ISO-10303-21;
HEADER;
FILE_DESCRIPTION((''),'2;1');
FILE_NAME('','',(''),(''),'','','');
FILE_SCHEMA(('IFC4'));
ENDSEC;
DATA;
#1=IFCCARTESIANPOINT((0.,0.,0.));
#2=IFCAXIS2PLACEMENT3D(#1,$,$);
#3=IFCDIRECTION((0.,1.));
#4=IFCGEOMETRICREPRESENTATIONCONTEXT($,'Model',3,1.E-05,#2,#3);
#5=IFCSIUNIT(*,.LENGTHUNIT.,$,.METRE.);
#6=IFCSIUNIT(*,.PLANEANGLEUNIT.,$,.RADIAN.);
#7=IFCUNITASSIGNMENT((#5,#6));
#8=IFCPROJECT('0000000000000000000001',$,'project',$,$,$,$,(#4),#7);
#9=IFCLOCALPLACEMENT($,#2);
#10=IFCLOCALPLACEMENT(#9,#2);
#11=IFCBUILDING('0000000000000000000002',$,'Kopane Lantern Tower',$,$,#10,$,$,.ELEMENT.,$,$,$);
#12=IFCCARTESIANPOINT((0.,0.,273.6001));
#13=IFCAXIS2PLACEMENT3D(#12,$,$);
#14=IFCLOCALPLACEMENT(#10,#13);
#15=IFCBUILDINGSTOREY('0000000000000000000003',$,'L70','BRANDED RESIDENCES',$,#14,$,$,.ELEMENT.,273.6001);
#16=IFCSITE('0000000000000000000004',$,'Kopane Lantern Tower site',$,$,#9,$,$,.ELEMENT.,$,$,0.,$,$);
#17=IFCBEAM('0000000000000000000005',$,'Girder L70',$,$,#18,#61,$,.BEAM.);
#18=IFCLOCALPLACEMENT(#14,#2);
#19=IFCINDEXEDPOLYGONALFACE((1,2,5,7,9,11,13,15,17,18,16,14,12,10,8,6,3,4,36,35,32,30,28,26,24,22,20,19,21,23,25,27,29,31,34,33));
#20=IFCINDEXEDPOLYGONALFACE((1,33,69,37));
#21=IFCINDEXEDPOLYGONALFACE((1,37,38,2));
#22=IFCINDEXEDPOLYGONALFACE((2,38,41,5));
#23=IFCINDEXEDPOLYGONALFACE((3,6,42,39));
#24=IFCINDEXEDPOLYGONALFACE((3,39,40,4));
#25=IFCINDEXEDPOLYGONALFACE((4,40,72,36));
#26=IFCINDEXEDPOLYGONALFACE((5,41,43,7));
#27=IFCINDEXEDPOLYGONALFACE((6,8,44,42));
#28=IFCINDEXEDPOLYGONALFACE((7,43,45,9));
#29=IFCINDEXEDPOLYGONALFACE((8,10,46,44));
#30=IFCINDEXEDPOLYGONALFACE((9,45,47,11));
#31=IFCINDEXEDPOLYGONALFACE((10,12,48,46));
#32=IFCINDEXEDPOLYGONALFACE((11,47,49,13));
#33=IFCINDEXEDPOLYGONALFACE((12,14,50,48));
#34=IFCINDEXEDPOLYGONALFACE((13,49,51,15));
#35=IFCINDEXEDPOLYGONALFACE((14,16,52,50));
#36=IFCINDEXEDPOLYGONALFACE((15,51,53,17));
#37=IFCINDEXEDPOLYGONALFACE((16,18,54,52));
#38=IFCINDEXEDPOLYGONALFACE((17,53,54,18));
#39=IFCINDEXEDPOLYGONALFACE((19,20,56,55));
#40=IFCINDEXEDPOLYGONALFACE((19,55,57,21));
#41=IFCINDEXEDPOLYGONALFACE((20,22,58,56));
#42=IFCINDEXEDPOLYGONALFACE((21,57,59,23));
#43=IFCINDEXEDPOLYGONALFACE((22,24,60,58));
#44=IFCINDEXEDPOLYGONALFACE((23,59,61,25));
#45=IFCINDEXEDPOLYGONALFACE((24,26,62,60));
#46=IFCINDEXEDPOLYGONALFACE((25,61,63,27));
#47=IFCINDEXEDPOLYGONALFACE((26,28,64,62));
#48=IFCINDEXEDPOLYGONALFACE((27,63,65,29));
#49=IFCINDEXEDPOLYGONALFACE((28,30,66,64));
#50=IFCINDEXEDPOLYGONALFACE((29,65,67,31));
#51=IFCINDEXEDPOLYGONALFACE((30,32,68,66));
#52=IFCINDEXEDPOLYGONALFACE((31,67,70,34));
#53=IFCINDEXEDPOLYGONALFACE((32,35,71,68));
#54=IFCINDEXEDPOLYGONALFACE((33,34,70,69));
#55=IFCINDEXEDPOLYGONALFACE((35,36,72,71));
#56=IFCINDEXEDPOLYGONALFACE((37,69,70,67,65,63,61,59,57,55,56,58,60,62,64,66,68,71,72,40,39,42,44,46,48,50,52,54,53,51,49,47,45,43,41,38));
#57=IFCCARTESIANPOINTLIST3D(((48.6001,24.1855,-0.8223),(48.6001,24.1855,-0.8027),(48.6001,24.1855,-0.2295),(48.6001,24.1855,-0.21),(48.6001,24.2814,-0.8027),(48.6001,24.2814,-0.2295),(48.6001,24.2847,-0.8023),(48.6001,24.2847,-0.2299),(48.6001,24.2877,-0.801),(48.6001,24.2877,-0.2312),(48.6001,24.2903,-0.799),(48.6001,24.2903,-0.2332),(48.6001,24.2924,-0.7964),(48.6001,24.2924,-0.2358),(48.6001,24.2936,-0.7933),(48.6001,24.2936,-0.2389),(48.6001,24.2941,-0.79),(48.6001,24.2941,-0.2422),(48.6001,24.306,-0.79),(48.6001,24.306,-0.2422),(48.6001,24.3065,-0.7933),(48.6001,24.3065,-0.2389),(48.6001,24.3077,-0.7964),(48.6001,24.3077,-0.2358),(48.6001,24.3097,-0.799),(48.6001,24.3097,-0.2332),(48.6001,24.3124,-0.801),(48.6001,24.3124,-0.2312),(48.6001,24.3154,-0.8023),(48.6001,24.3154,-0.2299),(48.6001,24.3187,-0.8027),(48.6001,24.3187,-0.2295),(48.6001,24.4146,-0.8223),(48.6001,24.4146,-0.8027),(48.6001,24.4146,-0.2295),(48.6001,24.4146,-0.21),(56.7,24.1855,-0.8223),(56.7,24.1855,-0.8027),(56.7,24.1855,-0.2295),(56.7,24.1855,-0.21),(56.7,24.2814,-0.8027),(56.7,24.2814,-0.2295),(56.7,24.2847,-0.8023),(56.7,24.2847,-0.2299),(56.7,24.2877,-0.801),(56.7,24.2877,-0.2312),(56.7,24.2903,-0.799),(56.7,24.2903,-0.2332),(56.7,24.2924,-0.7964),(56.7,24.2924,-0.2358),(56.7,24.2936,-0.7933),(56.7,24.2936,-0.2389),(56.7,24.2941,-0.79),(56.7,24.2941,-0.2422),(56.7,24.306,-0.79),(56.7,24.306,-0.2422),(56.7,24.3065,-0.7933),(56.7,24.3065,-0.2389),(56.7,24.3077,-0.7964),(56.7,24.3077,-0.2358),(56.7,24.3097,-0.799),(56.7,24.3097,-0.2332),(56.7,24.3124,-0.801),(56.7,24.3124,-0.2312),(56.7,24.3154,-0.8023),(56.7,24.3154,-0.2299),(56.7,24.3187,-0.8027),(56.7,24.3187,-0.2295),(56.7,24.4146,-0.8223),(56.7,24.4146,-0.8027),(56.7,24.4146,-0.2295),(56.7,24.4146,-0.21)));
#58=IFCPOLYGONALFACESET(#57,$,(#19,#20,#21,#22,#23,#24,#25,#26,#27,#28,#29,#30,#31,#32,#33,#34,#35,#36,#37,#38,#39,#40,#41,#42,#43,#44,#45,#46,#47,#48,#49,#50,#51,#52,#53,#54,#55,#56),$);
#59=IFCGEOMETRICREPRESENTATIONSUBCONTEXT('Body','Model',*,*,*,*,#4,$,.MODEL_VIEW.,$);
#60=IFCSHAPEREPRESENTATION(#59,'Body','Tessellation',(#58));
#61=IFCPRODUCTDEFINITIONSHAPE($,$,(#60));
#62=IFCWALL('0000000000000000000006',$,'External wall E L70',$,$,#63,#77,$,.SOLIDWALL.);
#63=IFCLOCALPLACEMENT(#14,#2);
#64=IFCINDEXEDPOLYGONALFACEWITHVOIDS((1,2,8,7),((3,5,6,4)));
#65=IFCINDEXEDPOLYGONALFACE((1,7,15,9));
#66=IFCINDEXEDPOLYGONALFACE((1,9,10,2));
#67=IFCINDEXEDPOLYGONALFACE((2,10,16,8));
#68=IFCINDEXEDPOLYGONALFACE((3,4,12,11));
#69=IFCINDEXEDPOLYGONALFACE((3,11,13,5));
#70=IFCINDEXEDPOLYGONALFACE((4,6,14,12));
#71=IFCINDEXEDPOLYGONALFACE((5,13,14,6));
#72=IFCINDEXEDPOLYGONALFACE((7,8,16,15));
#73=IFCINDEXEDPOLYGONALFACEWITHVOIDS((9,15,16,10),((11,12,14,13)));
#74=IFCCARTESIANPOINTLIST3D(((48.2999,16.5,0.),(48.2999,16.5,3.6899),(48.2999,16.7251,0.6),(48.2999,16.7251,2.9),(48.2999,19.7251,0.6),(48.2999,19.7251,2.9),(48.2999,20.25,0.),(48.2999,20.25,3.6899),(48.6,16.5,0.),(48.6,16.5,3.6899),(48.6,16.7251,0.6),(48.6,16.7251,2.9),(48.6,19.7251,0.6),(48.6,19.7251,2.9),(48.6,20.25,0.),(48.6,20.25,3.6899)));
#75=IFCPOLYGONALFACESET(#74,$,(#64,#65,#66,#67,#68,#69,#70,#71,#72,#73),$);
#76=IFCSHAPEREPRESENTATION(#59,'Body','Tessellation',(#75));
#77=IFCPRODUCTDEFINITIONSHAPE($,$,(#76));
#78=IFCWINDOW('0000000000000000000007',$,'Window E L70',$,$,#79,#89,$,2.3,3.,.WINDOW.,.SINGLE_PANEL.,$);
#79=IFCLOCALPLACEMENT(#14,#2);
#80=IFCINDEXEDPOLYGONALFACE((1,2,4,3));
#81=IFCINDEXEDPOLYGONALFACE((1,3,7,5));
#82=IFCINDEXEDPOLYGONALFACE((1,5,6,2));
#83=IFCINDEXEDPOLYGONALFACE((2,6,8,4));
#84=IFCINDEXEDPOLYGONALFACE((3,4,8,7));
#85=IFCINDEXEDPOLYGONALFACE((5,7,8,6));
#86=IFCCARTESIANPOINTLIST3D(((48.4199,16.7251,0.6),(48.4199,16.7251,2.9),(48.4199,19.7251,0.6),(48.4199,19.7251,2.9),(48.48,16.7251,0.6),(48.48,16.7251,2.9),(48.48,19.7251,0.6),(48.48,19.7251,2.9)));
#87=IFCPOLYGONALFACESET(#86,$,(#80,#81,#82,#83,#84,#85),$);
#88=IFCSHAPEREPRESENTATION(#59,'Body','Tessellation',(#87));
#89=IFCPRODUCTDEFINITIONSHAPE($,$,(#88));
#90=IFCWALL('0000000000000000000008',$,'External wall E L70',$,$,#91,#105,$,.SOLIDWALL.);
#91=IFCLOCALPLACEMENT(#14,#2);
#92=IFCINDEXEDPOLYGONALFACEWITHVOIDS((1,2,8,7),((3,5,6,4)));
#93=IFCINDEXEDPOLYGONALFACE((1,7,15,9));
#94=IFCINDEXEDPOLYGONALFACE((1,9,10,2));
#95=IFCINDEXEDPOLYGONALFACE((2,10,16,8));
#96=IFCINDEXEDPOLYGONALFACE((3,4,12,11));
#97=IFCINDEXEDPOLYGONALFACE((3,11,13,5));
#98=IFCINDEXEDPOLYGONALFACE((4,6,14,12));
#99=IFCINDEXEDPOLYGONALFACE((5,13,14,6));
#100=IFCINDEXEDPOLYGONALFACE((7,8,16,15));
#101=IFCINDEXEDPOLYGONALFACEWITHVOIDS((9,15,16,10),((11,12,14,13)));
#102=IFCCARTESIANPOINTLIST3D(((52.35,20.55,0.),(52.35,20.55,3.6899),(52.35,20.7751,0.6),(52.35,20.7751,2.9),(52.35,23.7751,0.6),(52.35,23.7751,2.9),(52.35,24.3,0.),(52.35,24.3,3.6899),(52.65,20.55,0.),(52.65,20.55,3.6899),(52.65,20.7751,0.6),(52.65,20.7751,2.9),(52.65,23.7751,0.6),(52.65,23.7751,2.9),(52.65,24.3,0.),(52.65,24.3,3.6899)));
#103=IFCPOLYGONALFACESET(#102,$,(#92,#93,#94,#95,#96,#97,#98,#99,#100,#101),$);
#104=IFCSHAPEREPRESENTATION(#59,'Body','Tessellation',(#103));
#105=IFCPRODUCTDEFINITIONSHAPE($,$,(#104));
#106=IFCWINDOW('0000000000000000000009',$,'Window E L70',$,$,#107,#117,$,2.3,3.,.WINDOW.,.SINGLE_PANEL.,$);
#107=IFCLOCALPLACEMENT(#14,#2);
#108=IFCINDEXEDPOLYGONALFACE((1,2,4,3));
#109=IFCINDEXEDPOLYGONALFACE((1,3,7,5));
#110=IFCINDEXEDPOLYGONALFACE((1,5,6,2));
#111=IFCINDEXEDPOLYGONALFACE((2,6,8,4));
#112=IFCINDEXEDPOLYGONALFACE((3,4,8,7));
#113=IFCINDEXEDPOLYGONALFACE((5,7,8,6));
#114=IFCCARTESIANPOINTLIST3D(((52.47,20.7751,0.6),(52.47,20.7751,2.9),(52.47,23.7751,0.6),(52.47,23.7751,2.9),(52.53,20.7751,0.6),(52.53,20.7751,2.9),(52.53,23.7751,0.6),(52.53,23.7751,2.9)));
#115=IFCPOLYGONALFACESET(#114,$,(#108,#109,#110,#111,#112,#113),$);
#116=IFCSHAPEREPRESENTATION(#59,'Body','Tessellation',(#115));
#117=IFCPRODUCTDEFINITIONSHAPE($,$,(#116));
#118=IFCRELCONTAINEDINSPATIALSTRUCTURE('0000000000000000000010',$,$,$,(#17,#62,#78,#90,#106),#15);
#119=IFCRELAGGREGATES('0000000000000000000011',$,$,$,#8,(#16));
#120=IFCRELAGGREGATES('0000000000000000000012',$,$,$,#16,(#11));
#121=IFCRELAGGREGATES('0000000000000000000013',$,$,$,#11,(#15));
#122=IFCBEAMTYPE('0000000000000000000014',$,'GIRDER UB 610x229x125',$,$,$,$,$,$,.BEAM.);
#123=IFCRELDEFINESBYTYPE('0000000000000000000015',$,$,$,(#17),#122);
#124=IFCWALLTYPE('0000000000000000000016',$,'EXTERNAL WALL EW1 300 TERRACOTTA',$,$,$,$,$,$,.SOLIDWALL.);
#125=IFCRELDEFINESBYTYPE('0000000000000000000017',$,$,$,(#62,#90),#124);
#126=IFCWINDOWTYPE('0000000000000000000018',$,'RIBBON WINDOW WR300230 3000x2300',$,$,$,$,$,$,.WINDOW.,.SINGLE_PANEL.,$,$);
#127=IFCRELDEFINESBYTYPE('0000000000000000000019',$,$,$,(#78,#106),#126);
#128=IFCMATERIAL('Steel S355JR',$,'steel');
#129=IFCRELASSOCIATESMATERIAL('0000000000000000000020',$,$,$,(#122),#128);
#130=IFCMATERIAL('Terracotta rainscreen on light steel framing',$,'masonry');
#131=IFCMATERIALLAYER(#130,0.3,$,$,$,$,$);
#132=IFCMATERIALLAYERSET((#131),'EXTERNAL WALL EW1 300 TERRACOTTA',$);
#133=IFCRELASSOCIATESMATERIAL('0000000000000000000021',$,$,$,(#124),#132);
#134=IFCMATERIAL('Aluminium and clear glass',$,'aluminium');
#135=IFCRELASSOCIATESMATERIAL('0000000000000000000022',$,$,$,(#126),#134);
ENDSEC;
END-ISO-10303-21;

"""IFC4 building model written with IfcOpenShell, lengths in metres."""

from ifc_helpers import new_model, si_unit, direction, frame, frame_2d, origin, origin_2d, place, context, subcontext, project, spatial, rectangle, i_section, extrude, material, layer, layer_set, material_profile, profile_set, type_object, element, fill, save


model = new_model("IFC4")

# Units and contexts
model_context = context("Model", 3, precision=1e-05, world=origin(), true_north=direction((0.0, 1.0)))
body_context = subcontext(model_context, "Body", "Model", "MODEL_VIEW")
ifc_project = project(units=[si_unit("LENGTHUNIT", "METRE"), si_unit("PLANEANGLEUNIT", "RADIAN")], contexts=[model_context])

# Site, building, storey
site_placement = place(None, origin())
site = spatial("IfcSite", under=ifc_project, at=site_placement, Name="Kopane Lantern Tower site", CompositionType="ELEMENT", RefElevation=0.0)
building_placement = place(site_placement, origin())
building = spatial("IfcBuilding", under=site, at=building_placement, Name="Kopane Lantern Tower", CompositionType="ELEMENT")
storey_placement = place(building_placement, frame((0.0, 0.0, 273.6001)))
storey = spatial("IfcBuildingStorey", under=building, at=storey_placement, Name="L70", Description="BRANDED RESIDENCES", CompositionType="ELEMENT", Elevation=273.6001)

# Beam
ifc_material_1 = material(Name="Steel S355JR", Category="steel")
ifc_material_profile_1 = material_profile(ifc_material_1, i_section(OverallWidth=0.229, OverallDepth=0.6123, WebThickness=0.012, FlangeThickness=0.0195, FilletRadius=0.0127, at=origin_2d()), Name="UB 610x229x125")
ifc_profile_set_1 = profile_set([ifc_material_profile_1], Name="Steel S355JR")
beam_type_1 = type_object("IfcBeamType", Name="GIRDER UB 610x229x125", PredefinedType="BEAM", material=ifc_profile_set_1)
for number, where, z_axis, x_axis, name in (
    (1, (48.6001, 24.3, -0.5161), (1.0, 0.0, 0.0), (0.0, 1.0, 0.0), "Girder L70"),
):
    element("IfcBeam", number, at=place(storey_placement, frame(where, z_axis=z_axis, x_axis=x_axis)), inside=storey, type_object=beam_type_1, Name=name, PredefinedType="BEAM", context=body_context, shape_type="SweptSolid", body=[
        extrude(i_section(OverallWidth=0.229, OverallDepth=0.6123, WebThickness=0.012, FlangeThickness=0.0195, FilletRadius=0.0127, at=origin_2d()), origin(), (0.0, 0.0, 1.0), 8.0999),
    ])

# Walls, openings, windows
ifc_material_2 = material(Name="Terracotta rainscreen on light steel framing", Category="masonry")
ifc_layer = layer(ifc_material_2, 0.3)
ifc_layer_set = layer_set([ifc_layer], Name="EXTERNAL WALL EW1 300 TERRACOTTA")
wall_type = type_object("IfcWallType", Name="EXTERNAL WALL EW1 300 TERRACOTTA", PredefinedType="SOLIDWALL", material=ifc_layer_set)
wall_1_placement = place(storey_placement, frame((48.45, 16.5, 0.0), z_axis=(0.0, 0.0, 1.0), x_axis=(0.0, 1.0, 0.0)))
wall_1 = element("IfcWall", 2, at=wall_1_placement, inside=storey, type_object=wall_type, Name="External wall E L70", PredefinedType="SOLIDWALL", context=body_context, shape_type="SweptSolid", body=[
    extrude(rectangle(XDim=3.75, YDim=0.3, at=frame_2d((1.875, 0.0))), origin(), (0.0, 0.0, 1.0), 3.6899),
])
opening_1_placement = place(wall_1_placement, frame((0.2251, 0.0, 0.6001)))
opening_1 = element("IfcOpeningElement", 3, at=opening_1_placement, cuts=wall_1, PredefinedType="OPENING", context=body_context, shape_type="SweptSolid", body=[
    extrude(rectangle(XDim=3.0, YDim=2.3, at=frame_2d((1.5, 1.1499))), frame((0.0, 0.1599, 0.0), z_axis=(0.0, -1.0, 0.0), x_axis=(1.0, 0.0, 0.0)), (0.0, 0.0, 1.0), 0.3201),
])
ifc_material_3 = material(Name="Aluminium and clear glass", Category="aluminium")
window_type = type_object("IfcWindowType", Name="RIBBON WINDOW WR300230 3000x2300", PartitioningType="SINGLE_PANEL", PredefinedType="WINDOW", material=ifc_material_3)
window_1_placement = place(opening_1_placement, origin())
window_1 = element("IfcWindow", 4, at=window_1_placement, inside=storey, type_object=window_type, Name="Window E L70", OverallHeight=2.3, OverallWidth=3.0, PartitioningType="SINGLE_PANEL", PredefinedType="WINDOW", context=body_context, shape_type="SweptSolid", body=[
    extrude(rectangle(XDim=3.0, YDim=2.3, at=frame_2d((1.5, 1.1499))), frame((0.0, 0.03, 0.0), z_axis=(0.0, -1.0, 0.0), x_axis=(1.0, 0.0, 0.0)), (0.0, 0.0, 1.0), 0.0601),
])
fill(opening_1, window_1)
wall_2_placement = place(storey_placement, frame((52.5, 20.55, 0.0), z_axis=(0.0, 0.0, 1.0), x_axis=(0.0, 1.0, 0.0)))
wall_2 = element("IfcWall", 5, at=wall_2_placement, inside=storey, type_object=wall_type, Name="External wall E L70", PredefinedType="SOLIDWALL", context=body_context, shape_type="SweptSolid", body=[
    extrude(rectangle(XDim=3.75, YDim=0.3, at=frame_2d((1.875, 0.0))), origin(), (0.0, 0.0, 1.0), 3.6899),
])
opening_2_placement = place(wall_2_placement, frame((0.2251, 0.0, 0.6001)))
opening_2 = element("IfcOpeningElement", 6, at=opening_2_placement, cuts=wall_2, PredefinedType="OPENING", context=body_context, shape_type="SweptSolid", body=[
    extrude(rectangle(XDim=3.0, YDim=2.3, at=frame_2d((1.5, 1.1499))), frame((0.0, 0.1599, 0.0), z_axis=(0.0, -1.0, 0.0), x_axis=(1.0, 0.0, 0.0)), (0.0, 0.0, 1.0), 0.3201),
])
window_2_placement = place(opening_2_placement, origin())
window_2 = element("IfcWindow", 7, at=window_2_placement, inside=storey, type_object=window_type, Name="Window E L70", OverallHeight=2.3, OverallWidth=3.0, PartitioningType="SINGLE_PANEL", PredefinedType="WINDOW", context=body_context, shape_type="SweptSolid", body=[
    extrude(rectangle(XDim=3.0, YDim=2.3, at=frame_2d((1.5, 1.1499))), frame((0.0, 0.03, 0.0), z_axis=(0.0, -1.0, 0.0), x_axis=(1.0, 0.0, 0.0)), (0.0, 0.0, 1.0), 0.0601),
])
fill(opening_2, window_2)

save(model, "model.ifc")
